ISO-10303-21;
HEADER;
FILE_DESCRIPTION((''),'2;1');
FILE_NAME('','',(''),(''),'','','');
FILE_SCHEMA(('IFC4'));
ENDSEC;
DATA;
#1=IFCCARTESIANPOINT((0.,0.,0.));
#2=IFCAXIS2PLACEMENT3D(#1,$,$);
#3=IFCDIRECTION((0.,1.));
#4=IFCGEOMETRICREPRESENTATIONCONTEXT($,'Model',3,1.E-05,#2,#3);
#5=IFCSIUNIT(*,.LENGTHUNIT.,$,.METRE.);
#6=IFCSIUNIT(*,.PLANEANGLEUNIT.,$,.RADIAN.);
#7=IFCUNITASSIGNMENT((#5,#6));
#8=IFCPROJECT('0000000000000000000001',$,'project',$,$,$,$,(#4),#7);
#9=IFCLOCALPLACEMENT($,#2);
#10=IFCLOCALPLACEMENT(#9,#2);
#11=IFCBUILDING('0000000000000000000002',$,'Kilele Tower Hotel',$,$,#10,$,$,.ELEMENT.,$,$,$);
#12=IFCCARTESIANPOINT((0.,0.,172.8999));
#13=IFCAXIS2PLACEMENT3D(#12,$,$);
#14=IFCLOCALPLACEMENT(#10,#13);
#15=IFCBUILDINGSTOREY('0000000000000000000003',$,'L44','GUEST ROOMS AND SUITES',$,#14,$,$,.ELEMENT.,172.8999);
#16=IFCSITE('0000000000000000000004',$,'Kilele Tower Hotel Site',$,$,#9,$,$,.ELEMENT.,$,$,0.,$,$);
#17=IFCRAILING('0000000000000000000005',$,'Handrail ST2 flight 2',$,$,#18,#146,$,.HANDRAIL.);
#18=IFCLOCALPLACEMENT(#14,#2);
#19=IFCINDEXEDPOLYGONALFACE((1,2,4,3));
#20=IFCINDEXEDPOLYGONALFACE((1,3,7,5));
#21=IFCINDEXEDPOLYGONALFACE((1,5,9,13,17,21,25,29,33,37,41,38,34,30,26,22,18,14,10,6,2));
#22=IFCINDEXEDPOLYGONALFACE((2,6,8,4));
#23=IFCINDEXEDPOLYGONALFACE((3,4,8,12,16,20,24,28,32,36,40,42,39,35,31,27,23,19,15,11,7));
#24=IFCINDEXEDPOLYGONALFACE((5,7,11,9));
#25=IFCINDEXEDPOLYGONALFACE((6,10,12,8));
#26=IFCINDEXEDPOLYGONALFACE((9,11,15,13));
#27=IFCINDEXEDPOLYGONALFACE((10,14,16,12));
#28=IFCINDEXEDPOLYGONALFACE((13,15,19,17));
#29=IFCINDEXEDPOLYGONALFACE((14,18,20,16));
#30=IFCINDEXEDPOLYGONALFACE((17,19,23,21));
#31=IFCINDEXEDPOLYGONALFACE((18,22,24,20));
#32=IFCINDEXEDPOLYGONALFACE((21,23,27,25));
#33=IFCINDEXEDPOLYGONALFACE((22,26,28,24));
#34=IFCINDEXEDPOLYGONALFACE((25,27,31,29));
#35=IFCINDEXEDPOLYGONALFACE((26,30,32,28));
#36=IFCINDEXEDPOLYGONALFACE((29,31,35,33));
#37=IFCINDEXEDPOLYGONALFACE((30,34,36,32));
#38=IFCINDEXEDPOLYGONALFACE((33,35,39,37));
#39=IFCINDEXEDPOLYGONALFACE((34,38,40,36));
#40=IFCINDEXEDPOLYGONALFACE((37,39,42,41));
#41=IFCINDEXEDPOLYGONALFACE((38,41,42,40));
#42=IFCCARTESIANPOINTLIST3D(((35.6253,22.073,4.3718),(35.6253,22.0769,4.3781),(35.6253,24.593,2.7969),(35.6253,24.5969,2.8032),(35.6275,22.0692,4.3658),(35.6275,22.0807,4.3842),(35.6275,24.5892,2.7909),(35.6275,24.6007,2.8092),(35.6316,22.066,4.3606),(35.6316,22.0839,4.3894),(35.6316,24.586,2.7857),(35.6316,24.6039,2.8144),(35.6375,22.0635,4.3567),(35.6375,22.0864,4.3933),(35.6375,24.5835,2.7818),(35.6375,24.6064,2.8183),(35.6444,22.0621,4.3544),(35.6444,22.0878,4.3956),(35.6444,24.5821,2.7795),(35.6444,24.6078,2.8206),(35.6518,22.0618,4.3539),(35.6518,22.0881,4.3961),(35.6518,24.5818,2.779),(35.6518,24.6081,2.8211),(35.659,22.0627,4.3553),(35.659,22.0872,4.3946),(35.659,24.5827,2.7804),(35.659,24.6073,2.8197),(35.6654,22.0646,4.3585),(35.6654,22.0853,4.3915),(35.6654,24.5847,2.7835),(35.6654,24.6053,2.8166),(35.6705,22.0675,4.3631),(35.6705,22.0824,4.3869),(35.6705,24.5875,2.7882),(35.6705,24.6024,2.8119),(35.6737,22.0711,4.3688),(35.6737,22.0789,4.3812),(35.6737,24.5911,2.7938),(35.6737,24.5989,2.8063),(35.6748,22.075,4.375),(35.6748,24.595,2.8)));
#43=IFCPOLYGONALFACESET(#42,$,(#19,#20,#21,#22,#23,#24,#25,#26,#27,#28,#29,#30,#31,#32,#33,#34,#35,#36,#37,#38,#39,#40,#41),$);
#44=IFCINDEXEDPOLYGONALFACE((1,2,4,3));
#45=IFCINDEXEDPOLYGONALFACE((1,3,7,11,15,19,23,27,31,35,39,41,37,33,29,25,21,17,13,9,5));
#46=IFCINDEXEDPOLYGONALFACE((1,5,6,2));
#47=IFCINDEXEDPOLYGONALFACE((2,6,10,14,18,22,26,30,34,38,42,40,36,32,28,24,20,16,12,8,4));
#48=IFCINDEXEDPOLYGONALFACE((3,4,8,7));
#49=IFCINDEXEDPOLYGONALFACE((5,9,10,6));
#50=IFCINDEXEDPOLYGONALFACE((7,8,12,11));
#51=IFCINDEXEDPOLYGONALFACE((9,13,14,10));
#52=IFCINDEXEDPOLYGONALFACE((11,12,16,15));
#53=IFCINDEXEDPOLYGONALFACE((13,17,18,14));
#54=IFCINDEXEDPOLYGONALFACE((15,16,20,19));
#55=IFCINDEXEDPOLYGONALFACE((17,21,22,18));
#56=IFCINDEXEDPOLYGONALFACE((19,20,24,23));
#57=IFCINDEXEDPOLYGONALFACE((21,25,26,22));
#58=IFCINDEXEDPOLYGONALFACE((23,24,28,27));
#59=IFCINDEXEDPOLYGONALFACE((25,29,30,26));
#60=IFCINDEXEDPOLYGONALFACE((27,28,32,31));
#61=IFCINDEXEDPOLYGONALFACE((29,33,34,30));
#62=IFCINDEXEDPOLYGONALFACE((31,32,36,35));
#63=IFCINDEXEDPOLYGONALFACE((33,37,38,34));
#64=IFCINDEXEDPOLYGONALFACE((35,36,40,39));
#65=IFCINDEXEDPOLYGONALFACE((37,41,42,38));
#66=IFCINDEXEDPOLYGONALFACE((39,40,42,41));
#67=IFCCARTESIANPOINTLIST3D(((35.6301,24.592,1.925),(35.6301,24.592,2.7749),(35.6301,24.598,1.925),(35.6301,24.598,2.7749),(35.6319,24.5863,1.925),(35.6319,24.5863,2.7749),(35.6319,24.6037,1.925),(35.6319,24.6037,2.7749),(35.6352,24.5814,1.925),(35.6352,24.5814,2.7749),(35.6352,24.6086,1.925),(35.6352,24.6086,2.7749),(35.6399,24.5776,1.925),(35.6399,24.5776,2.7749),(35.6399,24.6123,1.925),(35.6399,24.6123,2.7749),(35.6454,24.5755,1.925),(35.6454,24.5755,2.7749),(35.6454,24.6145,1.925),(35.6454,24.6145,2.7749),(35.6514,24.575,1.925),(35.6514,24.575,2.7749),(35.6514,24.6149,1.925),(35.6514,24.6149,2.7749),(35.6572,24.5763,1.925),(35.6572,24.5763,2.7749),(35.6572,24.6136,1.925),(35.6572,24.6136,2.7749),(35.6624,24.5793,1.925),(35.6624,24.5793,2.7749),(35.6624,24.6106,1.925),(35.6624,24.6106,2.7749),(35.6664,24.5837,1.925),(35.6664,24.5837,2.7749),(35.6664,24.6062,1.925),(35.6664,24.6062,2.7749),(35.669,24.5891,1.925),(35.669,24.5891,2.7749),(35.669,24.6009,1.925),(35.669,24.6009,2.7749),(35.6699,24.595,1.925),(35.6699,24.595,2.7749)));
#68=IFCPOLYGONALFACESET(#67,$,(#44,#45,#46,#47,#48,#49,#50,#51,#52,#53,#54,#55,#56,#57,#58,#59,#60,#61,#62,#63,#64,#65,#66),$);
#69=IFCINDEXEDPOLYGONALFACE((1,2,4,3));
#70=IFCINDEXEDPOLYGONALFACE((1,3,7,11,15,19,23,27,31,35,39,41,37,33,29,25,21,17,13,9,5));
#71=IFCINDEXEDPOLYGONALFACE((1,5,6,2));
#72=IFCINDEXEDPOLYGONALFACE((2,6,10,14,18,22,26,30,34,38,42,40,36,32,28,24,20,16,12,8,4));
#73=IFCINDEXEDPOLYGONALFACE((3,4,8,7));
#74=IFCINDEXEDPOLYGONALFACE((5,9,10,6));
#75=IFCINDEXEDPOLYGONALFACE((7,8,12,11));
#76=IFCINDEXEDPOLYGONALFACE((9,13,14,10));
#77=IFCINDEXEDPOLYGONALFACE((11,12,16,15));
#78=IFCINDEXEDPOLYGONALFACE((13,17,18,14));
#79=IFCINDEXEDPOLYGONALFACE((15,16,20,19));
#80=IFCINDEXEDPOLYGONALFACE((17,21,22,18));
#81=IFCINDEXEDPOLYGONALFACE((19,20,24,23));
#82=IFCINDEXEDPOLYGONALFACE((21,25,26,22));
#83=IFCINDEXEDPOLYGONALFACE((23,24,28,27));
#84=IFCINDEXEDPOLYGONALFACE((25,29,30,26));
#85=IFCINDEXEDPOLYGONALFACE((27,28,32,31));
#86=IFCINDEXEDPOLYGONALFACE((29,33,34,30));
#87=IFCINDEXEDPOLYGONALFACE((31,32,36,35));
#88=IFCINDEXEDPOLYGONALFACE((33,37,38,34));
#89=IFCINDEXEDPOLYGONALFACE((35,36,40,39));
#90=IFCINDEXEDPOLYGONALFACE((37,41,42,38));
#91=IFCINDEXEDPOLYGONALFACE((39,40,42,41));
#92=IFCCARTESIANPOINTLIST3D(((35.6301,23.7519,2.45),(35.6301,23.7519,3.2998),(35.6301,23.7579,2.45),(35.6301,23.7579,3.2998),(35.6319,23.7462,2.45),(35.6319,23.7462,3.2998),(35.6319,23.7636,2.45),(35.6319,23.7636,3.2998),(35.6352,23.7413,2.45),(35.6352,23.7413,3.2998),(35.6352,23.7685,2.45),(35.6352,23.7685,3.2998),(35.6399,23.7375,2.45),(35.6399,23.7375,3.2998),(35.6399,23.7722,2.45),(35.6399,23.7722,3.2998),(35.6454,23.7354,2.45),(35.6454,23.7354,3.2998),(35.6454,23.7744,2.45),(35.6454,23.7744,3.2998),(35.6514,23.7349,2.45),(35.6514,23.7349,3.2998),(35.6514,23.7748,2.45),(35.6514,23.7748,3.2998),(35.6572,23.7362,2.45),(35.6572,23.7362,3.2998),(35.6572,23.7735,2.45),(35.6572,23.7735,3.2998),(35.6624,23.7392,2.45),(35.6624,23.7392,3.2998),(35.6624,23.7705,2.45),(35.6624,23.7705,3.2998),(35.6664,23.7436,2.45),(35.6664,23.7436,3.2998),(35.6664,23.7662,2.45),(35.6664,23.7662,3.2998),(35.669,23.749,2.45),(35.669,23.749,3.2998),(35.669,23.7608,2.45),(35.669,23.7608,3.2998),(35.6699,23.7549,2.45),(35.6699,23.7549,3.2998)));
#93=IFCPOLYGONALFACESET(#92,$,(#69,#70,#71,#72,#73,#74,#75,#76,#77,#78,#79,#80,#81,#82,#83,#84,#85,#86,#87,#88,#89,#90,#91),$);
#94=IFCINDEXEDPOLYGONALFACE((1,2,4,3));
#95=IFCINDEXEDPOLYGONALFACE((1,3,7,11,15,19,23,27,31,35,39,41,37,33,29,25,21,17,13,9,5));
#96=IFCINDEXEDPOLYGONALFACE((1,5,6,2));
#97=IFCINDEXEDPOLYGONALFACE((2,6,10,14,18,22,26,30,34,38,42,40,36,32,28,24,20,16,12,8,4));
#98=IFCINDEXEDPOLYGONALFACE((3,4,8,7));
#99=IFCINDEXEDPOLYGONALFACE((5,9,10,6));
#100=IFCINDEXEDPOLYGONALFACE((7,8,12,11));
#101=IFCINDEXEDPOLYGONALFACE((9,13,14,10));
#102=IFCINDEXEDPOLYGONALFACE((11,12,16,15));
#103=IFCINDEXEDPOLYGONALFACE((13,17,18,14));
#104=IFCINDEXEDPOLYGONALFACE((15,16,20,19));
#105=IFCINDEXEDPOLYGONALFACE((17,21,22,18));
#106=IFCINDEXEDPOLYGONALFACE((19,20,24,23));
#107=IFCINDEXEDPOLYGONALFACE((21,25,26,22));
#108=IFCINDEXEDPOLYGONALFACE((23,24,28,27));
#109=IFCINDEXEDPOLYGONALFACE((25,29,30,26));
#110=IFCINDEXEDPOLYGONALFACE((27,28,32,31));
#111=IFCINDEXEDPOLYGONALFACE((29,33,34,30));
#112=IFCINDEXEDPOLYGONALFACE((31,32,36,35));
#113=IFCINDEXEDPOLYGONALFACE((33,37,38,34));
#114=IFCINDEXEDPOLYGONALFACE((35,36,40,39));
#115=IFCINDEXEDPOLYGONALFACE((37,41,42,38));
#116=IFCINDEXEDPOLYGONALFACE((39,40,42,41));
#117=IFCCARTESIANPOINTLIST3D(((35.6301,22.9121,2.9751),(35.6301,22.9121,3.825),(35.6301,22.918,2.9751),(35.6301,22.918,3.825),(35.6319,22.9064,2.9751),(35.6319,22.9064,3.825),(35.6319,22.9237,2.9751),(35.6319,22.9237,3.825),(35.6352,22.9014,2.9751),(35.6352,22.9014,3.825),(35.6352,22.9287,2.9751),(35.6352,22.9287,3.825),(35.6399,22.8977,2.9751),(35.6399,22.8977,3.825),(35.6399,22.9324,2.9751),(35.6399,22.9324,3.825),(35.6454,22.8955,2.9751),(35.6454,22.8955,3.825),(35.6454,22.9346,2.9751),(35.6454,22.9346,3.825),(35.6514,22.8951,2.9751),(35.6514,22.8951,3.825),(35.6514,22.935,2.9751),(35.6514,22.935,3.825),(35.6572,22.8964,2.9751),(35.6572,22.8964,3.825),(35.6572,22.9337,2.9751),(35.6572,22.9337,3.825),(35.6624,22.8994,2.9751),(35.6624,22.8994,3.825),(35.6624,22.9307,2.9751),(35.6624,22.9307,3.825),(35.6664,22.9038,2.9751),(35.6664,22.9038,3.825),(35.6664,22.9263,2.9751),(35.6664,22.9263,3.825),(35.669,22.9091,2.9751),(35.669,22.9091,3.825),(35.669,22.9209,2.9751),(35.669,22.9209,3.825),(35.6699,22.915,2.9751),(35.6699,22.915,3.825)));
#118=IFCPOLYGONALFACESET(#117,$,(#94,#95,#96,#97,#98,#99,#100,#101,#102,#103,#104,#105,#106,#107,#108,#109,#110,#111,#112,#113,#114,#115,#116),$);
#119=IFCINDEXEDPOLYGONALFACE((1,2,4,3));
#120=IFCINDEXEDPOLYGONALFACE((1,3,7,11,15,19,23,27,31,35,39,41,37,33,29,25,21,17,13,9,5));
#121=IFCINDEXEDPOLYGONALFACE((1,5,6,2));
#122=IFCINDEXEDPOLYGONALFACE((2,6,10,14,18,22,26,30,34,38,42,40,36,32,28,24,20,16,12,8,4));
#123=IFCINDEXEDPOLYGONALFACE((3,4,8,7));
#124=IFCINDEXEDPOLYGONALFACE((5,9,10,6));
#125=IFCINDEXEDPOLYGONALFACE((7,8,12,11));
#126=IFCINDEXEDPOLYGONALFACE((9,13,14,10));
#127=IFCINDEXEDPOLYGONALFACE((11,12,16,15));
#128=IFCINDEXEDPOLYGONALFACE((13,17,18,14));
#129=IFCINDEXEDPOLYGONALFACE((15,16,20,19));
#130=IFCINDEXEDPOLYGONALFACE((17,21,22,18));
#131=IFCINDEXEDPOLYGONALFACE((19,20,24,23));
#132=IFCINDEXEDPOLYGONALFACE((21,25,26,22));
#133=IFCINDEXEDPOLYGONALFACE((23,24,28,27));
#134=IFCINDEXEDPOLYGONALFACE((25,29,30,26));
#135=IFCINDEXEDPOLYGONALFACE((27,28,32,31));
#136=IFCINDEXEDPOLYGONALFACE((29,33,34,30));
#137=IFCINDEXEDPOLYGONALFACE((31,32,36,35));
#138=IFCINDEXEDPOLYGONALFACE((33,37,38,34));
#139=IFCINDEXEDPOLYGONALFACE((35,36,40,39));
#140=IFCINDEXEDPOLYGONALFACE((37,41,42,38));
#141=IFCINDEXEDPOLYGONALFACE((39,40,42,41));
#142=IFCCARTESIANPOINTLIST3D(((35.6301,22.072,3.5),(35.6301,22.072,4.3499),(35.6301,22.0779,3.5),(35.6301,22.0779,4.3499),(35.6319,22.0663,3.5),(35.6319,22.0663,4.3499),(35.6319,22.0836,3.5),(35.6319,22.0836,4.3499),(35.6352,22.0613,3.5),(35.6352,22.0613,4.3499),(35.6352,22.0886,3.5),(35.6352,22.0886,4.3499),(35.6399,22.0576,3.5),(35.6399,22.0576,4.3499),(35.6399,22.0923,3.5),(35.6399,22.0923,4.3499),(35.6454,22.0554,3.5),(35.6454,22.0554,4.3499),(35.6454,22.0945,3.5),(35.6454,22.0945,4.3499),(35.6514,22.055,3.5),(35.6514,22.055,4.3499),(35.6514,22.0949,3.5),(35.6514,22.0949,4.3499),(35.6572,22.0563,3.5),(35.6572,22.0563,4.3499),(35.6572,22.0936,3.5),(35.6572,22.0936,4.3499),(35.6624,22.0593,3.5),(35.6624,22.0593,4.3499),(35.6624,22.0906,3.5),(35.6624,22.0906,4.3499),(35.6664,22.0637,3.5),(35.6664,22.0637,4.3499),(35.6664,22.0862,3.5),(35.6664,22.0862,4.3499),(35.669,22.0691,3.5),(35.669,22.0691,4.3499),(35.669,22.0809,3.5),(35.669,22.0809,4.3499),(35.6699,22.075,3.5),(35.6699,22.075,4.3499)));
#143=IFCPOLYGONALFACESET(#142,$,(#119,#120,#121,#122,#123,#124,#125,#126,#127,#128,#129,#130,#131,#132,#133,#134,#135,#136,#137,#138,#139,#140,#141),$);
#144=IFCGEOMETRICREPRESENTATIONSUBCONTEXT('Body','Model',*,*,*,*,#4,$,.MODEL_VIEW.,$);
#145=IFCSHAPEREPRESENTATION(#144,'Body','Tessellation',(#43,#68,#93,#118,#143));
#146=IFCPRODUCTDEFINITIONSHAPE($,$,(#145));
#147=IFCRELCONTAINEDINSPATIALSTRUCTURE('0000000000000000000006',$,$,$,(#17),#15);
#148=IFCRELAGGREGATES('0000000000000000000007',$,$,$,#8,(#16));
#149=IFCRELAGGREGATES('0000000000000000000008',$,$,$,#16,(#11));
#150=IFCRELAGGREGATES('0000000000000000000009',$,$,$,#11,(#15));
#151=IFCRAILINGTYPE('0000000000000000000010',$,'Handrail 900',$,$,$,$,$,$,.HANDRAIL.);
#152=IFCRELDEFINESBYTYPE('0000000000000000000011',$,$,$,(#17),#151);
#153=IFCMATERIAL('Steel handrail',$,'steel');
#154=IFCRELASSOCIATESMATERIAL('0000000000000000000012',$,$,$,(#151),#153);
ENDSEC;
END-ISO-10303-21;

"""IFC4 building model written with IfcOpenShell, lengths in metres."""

from ifc_helpers import new_model, si_unit, direction, frame, origin, origin_2d, place, context, subcontext, project, spatial, circle, extrude, material, type_object, element, save


model = new_model("IFC4")

# Units and contexts
model_context = context("Model", 3, precision=1e-05, world=origin(), true_north=direction((0.0, 1.0)))
body_context = subcontext(model_context, "Body", "Model", "MODEL_VIEW")
ifc_project = project(units=[si_unit("LENGTHUNIT", "METRE"), si_unit("PLANEANGLEUNIT", "RADIAN")], contexts=[model_context])

# Site, building, storey
site_placement = place(None, origin())
site = spatial("IfcSite", under=ifc_project, at=site_placement, Name="Kilele Tower Hotel Site", CompositionType="ELEMENT", RefElevation=0.0)
building_placement = place(site_placement, origin())
building = spatial("IfcBuilding", under=site, at=building_placement, Name="Kilele Tower Hotel", CompositionType="ELEMENT")
storey_placement = place(building_placement, frame((0.0, 0.0, 172.8999)))
storey = spatial("IfcBuildingStorey", under=building, at=storey_placement, Name="L44", Description="GUEST ROOMS AND SUITES", CompositionType="ELEMENT", Elevation=172.8999)

# Railing
ifc_material_1 = material(Name="Steel handrail", Category="steel")
railing_type_1 = type_object("IfcRailingType", Name="Handrail 900", PredefinedType="HANDRAIL", material=ifc_material_1)
for number, where, name in (
    (1, (35.6499, 24.595, 1.925), "Handrail ST2 flight 2"),
):
    element("IfcRailing", number, at=place(storey_placement, frame(where)), inside=storey, type_object=railing_type_1, Name=name, PredefinedType="HANDRAIL", context=body_context, shape_type="SweptSolid", body=[
        extrude(circle(Radius=0.0249, at=origin_2d()), frame((0.0, 0.0, 0.875), z_axis=(0.0, -0.848008, 0.529984), x_axis=(1.0, 0.0, 0.0)), (0.0, 0.0, 1.0), 2.9717),
        extrude(circle(Radius=0.02, at=origin_2d()), origin(), (0.0, 0.0, 1.0), 0.8499),
        extrude(circle(Radius=0.02, at=origin_2d()), frame((0.0, -0.8401, 0.5249)), (0.0, 0.0, 1.0), 0.8499),
        extrude(circle(Radius=0.02, at=origin_2d()), frame((0.0, -1.6799, 1.05)), (0.0, 0.0, 1.0), 0.8499),
        extrude(circle(Radius=0.02, at=origin_2d()), frame((0.0, -2.52, 1.575)), (0.0, 0.0, 1.0), 0.8499),
    ])

save(model, "model.ifc")
